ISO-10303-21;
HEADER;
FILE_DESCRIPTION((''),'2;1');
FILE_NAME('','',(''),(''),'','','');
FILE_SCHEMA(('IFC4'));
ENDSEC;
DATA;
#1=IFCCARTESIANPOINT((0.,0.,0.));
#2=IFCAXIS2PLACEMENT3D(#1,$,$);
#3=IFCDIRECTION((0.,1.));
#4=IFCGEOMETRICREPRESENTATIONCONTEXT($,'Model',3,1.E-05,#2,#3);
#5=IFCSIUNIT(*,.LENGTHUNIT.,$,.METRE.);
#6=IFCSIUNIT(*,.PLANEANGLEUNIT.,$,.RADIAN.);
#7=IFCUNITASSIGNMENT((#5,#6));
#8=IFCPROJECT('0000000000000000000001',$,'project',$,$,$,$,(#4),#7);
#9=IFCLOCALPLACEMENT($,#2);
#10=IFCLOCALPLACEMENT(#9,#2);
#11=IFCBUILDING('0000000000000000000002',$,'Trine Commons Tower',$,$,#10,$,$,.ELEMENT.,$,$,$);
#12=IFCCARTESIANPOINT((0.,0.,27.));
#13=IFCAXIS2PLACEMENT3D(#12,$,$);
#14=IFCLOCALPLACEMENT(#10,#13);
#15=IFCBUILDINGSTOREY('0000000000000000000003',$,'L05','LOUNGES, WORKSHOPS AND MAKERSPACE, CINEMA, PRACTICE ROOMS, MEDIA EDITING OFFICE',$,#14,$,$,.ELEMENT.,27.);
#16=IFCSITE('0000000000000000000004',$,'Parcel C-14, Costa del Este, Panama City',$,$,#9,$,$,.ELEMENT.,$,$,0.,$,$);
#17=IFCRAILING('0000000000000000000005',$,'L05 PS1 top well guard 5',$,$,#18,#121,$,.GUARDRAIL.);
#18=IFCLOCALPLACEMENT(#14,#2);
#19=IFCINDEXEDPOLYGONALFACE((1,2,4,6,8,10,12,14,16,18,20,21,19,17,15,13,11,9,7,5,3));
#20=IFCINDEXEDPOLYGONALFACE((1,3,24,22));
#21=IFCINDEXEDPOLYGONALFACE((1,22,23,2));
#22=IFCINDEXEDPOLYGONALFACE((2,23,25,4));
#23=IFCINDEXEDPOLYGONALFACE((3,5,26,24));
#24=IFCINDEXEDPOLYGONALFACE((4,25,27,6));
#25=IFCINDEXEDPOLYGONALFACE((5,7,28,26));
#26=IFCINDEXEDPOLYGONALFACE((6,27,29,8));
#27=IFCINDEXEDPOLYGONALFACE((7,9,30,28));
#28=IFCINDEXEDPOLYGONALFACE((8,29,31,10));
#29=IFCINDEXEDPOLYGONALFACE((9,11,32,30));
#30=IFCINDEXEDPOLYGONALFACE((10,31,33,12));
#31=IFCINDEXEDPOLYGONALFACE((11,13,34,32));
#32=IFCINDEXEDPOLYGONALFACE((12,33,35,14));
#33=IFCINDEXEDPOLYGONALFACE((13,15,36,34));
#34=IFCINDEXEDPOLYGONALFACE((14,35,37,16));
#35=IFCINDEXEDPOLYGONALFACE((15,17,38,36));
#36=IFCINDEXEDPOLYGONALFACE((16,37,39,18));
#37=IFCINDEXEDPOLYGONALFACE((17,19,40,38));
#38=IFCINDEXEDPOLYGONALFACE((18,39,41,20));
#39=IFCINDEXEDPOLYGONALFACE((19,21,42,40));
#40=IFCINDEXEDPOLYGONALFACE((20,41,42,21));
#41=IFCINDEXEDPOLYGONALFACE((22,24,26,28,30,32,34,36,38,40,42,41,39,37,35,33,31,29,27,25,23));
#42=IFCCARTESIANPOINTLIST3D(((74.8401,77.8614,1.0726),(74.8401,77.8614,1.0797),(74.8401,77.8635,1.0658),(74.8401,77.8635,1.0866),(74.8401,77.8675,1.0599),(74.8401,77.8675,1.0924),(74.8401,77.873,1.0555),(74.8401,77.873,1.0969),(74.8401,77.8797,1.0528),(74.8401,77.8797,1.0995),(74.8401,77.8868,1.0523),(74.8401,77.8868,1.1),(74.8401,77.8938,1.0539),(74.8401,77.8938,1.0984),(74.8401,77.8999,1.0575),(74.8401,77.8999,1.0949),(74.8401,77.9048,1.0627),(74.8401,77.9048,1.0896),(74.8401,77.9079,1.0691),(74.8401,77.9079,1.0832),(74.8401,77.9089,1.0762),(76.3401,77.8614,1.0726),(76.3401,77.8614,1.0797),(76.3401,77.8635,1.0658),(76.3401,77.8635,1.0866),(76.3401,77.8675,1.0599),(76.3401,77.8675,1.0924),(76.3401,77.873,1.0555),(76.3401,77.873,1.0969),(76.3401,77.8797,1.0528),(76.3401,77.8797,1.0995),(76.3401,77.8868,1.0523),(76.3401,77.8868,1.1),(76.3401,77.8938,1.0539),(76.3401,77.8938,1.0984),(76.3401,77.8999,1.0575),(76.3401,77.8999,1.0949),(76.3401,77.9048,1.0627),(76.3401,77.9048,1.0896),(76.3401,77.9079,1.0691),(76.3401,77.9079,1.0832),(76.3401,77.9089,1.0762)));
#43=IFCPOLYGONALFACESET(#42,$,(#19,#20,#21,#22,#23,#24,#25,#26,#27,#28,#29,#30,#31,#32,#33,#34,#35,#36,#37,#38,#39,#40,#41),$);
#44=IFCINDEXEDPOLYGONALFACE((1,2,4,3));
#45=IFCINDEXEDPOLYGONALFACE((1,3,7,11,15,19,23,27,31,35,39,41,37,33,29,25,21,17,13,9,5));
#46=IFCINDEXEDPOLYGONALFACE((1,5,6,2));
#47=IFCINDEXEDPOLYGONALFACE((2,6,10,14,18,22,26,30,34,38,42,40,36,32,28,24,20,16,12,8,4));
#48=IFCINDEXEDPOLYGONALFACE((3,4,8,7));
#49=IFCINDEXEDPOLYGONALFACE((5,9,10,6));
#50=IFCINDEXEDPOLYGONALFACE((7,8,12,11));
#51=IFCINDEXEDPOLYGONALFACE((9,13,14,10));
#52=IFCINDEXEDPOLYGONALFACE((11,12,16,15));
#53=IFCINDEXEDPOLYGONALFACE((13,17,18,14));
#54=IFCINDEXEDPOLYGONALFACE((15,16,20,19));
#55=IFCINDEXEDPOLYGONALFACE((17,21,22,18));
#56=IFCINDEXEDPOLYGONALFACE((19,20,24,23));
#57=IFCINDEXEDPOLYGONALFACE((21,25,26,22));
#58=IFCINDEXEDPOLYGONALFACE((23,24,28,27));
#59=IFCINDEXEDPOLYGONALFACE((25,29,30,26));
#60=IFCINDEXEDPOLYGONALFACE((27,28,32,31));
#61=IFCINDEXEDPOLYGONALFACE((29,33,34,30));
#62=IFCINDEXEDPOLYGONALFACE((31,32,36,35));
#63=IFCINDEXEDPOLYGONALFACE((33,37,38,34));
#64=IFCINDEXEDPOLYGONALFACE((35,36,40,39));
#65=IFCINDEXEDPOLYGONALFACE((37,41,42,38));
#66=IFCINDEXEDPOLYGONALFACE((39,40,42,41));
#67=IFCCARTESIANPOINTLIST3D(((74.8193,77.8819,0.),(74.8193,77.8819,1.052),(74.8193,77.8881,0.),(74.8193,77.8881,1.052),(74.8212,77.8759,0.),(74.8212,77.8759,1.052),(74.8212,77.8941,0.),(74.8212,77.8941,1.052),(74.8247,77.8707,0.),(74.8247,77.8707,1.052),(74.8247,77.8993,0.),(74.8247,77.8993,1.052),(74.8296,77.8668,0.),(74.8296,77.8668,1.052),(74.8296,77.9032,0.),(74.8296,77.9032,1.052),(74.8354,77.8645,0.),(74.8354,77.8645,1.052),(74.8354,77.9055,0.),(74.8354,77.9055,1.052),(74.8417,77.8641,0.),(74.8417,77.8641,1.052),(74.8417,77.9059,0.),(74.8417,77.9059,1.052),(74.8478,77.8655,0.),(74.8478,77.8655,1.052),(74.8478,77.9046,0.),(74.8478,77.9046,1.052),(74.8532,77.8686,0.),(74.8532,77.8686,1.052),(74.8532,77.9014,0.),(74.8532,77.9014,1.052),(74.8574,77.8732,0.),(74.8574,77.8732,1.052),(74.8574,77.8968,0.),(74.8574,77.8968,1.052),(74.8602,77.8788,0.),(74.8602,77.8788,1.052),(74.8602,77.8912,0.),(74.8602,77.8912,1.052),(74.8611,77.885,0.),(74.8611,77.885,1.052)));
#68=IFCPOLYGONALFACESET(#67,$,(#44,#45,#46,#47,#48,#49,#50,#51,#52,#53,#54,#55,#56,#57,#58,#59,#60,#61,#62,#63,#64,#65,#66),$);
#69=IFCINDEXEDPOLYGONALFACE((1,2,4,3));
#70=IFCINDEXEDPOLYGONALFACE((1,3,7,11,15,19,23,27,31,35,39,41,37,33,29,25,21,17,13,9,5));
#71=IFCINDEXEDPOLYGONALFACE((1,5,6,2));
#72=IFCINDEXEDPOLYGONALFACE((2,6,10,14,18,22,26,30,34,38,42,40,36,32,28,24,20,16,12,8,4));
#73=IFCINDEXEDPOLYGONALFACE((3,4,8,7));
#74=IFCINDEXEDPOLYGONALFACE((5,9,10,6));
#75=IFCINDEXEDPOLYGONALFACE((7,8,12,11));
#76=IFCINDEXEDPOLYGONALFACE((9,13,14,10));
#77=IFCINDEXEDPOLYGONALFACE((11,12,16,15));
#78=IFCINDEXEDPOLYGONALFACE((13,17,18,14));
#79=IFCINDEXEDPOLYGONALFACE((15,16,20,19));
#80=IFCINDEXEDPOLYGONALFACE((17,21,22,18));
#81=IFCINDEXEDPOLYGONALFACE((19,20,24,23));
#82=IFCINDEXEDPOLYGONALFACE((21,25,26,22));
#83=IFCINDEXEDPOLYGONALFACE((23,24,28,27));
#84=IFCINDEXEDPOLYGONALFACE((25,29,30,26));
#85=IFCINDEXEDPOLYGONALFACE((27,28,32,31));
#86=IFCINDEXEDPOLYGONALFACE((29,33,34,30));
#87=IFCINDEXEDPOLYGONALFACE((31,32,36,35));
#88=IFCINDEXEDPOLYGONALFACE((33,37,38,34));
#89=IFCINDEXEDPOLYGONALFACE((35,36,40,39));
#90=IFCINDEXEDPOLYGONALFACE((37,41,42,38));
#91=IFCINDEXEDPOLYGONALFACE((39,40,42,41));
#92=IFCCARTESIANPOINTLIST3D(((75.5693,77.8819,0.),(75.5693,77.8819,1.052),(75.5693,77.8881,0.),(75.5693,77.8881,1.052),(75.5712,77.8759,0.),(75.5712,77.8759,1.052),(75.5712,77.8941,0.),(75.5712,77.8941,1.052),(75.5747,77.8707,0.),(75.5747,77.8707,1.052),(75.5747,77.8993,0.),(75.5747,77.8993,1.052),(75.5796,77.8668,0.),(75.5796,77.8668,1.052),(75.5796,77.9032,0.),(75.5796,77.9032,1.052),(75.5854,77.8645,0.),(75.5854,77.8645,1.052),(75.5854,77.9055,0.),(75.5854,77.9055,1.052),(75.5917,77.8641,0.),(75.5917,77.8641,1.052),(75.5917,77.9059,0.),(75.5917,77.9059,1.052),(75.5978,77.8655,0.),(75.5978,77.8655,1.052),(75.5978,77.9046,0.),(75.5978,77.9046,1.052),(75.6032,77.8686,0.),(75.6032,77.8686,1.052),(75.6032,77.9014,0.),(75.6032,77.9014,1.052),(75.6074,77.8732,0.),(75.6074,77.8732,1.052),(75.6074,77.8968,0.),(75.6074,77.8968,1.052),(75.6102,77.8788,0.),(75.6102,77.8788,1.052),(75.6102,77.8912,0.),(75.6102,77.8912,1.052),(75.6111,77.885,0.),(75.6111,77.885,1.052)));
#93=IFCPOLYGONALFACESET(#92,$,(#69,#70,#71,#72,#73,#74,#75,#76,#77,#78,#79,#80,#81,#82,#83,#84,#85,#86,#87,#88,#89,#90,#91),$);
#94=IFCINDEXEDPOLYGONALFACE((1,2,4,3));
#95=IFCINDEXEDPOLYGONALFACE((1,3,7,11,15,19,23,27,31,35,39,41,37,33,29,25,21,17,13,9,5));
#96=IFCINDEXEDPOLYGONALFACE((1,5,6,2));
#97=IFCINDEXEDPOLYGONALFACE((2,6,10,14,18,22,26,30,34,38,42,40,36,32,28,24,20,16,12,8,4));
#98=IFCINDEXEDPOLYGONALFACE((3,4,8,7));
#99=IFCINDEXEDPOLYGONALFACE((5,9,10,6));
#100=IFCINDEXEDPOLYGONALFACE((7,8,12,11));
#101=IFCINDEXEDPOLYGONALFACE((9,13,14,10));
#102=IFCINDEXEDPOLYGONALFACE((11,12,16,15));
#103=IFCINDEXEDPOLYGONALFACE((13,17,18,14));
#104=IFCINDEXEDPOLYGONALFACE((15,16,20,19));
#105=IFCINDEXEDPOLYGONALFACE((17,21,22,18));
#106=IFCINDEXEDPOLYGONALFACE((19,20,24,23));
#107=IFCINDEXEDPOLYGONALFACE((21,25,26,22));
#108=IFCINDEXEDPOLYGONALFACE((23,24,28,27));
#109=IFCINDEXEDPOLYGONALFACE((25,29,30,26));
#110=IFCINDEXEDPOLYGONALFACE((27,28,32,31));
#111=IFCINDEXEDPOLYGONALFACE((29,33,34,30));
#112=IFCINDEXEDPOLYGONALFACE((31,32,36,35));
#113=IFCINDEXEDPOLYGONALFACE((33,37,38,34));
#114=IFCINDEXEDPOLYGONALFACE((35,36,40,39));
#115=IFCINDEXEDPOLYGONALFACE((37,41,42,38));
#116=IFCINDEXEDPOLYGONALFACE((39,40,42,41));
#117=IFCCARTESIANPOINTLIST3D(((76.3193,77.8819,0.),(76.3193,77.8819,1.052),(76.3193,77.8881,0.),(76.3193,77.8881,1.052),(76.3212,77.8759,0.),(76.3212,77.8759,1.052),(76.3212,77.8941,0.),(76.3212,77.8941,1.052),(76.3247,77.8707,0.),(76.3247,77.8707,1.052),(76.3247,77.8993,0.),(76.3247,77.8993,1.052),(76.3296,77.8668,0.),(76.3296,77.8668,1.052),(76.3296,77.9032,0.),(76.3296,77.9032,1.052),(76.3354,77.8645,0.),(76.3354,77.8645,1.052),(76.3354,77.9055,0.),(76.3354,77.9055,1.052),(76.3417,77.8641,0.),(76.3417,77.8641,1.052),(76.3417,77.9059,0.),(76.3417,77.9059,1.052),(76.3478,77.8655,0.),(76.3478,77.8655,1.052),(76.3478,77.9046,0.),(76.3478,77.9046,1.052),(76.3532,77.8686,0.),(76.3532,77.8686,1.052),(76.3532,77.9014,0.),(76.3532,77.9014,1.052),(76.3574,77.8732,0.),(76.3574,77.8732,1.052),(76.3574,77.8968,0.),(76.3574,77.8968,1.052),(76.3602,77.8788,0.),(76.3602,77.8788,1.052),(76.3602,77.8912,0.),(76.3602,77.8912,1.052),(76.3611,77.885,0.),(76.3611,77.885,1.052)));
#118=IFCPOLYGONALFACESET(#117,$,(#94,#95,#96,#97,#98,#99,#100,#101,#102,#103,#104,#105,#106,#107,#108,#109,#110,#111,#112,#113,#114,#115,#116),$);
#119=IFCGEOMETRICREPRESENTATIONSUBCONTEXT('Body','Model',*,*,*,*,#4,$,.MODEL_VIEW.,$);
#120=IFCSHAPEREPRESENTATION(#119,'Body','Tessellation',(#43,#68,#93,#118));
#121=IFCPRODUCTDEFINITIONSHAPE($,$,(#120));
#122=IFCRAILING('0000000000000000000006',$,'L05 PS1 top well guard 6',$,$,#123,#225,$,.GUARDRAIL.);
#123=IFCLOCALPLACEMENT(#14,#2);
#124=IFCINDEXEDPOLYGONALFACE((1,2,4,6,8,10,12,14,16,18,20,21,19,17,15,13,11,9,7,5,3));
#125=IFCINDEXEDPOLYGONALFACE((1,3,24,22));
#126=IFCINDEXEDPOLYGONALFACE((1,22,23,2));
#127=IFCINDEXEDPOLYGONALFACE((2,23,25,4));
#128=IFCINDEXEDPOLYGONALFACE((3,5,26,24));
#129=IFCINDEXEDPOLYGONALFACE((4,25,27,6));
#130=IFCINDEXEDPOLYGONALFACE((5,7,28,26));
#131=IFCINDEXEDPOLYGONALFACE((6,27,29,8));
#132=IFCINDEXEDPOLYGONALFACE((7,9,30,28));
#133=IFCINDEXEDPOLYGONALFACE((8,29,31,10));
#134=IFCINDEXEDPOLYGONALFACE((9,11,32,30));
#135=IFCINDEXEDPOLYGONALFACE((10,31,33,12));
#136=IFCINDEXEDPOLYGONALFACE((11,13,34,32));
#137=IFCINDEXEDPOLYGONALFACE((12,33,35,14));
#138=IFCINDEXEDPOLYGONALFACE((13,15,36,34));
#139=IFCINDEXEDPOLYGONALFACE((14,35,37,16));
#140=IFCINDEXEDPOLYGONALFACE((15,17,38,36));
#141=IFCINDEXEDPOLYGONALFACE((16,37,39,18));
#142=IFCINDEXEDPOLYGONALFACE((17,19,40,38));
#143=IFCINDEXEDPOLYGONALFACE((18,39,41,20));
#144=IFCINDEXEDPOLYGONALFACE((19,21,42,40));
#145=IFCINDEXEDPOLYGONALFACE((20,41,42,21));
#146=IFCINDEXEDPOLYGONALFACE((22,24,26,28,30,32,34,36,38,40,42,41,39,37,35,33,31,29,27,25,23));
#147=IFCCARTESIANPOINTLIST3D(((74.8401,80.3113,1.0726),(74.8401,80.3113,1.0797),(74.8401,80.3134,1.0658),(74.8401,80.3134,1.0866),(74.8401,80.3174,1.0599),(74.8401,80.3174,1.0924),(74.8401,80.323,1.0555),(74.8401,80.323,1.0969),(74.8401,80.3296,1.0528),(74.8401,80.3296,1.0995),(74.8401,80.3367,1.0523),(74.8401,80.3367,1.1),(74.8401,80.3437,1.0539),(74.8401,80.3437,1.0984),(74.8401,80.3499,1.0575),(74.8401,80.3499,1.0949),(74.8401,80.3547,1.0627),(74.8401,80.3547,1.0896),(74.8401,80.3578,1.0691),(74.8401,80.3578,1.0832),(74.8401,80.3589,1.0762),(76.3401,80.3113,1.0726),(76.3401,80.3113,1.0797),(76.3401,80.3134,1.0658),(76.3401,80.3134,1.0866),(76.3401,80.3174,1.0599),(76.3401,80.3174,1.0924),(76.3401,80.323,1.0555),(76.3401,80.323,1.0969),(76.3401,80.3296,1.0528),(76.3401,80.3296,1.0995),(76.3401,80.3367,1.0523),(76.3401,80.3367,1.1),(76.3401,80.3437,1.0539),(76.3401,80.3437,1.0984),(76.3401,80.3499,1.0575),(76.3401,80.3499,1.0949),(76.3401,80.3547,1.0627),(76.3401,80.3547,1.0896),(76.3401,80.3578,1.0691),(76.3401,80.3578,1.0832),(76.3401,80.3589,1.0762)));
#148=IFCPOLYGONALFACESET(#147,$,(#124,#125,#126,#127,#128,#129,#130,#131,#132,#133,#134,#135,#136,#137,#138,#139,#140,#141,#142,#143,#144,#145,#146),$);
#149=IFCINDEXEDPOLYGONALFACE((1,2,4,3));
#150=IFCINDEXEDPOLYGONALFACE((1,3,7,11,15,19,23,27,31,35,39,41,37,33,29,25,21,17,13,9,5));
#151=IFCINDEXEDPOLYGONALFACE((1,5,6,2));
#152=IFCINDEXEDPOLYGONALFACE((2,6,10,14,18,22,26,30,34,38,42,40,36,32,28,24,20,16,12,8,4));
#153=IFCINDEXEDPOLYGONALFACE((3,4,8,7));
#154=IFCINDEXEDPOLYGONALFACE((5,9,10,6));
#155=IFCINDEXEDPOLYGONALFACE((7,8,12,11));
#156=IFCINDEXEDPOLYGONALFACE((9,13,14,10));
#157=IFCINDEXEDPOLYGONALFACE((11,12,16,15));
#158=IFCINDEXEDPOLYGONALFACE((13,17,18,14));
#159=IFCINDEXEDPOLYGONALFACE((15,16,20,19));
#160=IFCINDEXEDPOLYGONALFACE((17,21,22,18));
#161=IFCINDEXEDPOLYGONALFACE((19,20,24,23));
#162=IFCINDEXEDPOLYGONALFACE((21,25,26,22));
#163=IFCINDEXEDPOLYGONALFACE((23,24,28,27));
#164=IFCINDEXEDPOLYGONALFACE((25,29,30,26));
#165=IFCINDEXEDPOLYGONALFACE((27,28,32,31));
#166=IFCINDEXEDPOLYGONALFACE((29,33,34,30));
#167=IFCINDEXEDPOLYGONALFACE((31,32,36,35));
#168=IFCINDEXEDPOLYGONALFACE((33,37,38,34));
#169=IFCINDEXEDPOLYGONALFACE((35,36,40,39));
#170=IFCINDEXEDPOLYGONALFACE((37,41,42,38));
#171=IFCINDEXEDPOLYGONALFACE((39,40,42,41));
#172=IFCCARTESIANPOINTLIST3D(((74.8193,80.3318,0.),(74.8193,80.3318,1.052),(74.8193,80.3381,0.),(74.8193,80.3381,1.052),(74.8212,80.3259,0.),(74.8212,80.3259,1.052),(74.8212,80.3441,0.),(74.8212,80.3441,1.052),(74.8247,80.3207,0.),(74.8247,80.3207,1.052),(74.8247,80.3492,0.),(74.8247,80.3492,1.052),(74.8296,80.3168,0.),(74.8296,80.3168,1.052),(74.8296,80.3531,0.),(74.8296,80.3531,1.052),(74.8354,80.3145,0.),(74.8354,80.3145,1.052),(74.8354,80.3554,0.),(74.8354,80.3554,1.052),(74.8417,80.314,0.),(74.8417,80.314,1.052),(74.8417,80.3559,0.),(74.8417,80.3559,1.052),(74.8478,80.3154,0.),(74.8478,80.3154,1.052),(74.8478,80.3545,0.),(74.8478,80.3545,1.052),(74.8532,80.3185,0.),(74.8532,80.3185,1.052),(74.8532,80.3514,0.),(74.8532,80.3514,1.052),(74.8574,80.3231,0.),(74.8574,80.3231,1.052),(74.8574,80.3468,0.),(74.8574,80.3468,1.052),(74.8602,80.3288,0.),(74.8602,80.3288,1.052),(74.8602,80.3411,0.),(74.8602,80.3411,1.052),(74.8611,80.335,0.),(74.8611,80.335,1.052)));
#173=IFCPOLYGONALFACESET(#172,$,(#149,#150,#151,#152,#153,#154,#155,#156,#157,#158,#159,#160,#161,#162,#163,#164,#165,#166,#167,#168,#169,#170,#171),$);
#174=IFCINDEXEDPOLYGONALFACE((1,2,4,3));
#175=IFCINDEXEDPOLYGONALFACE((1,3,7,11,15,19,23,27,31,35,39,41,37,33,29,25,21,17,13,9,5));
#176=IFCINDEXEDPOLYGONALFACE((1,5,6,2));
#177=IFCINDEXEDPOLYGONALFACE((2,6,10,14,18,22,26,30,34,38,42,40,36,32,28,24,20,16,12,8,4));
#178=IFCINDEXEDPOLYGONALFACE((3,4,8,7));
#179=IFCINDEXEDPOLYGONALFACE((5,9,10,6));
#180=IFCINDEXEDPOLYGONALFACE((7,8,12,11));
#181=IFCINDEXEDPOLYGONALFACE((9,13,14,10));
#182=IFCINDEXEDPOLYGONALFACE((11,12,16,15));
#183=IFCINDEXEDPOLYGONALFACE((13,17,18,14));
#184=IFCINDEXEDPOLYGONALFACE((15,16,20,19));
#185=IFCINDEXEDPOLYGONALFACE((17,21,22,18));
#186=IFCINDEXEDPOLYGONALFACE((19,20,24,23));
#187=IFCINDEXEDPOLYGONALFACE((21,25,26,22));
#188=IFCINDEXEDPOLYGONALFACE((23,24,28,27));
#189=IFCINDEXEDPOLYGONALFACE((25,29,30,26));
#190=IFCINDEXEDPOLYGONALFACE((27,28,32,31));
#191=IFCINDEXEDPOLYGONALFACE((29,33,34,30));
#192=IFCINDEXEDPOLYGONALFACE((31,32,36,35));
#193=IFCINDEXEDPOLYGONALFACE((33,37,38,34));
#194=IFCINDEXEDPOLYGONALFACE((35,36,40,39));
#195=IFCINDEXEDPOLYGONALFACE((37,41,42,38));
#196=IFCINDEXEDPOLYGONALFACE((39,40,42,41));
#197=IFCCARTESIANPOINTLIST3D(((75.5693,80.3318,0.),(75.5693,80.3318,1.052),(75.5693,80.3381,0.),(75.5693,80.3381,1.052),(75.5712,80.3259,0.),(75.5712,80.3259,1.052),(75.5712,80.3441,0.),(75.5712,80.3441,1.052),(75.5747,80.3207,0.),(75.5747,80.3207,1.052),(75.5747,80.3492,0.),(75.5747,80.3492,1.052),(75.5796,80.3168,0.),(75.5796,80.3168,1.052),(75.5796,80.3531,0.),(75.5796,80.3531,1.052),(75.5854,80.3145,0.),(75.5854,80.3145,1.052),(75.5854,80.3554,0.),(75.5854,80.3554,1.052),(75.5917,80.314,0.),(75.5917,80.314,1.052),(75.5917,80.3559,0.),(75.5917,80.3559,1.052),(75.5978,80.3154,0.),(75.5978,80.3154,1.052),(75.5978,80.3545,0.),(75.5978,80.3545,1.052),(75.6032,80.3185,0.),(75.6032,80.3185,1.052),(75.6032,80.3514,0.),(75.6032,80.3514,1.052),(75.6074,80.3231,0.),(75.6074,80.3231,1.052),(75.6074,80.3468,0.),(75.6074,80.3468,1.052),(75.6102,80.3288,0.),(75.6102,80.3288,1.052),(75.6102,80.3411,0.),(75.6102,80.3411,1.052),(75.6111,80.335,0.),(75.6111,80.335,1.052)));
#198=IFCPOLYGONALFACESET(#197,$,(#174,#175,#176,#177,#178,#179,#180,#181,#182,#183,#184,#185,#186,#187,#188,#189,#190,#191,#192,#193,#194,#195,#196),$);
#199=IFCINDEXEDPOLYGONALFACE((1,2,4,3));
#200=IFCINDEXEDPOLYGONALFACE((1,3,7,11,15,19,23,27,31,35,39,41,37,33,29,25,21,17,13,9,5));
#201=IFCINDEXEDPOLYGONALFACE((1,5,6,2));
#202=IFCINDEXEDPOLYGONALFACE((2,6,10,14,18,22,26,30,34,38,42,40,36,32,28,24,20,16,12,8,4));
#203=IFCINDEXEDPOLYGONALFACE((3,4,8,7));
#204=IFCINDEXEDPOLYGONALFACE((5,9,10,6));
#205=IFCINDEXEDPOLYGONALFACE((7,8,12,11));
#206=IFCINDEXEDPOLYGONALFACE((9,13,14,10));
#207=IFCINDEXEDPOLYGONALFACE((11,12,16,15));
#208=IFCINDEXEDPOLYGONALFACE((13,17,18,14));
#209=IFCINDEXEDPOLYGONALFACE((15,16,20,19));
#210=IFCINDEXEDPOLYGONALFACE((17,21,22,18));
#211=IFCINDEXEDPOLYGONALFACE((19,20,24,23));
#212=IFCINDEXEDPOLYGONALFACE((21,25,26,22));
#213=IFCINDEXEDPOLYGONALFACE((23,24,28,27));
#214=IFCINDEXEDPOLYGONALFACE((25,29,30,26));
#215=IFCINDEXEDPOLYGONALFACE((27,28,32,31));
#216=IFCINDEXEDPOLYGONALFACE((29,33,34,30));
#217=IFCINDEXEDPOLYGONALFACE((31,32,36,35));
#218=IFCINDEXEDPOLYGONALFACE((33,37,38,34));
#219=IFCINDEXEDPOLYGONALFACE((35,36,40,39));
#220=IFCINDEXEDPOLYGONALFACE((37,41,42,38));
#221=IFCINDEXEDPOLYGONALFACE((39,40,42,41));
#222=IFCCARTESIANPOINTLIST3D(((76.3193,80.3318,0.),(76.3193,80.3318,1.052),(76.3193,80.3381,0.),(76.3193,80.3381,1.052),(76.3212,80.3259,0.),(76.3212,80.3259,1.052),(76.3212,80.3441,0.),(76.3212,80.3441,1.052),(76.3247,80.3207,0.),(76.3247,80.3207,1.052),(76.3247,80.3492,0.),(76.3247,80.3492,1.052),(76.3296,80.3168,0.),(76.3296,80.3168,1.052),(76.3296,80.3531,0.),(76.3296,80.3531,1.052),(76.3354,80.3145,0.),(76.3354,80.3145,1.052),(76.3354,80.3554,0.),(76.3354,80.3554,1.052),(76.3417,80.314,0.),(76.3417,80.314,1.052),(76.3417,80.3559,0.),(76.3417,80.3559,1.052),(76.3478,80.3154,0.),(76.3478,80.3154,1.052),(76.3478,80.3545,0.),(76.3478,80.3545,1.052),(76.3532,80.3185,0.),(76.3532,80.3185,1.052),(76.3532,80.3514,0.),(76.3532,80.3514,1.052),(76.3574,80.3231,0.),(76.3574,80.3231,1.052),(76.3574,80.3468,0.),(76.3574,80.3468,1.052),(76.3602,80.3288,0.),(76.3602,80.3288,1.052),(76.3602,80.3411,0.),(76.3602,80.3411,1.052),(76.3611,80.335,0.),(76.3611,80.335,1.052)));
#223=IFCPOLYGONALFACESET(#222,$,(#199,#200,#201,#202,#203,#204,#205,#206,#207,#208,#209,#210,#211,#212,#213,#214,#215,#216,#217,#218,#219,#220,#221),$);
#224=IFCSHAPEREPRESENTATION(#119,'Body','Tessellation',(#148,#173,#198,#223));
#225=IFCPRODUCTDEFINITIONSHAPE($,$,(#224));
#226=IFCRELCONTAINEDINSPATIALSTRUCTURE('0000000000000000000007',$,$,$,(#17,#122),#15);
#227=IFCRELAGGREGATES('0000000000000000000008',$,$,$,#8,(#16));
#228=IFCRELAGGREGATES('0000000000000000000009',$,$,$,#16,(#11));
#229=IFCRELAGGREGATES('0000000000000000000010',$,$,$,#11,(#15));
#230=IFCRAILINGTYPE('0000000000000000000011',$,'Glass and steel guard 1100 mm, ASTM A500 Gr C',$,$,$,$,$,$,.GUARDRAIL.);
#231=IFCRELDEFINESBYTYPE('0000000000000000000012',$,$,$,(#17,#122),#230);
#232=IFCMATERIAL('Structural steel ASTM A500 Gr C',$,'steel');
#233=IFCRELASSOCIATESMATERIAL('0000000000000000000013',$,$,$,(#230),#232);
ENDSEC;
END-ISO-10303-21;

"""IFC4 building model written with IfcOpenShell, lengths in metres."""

from ifc_helpers import new_model, si_unit, direction, frame, origin, origin_2d, place, context, subcontext, project, spatial, circle, extrude, material, type_object, element, save


model = new_model("IFC4")

# Units and contexts
model_context = context("Model", 3, precision=1e-05, world=origin(), true_north=direction((0.0, 1.0)))
body_context = subcontext(model_context, "Body", "Model", "MODEL_VIEW")
ifc_project = project(units=[si_unit("LENGTHUNIT", "METRE"), si_unit("PLANEANGLEUNIT", "RADIAN")], contexts=[model_context])

# Site, building, storey
site_placement = place(None, origin())
site = spatial("IfcSite", under=ifc_project, at=site_placement, Name="Parcel C-14, Costa del Este, Panama City", CompositionType="ELEMENT", RefElevation=0.0)
building_placement = place(site_placement, origin())
building = spatial("IfcBuilding", under=site, at=building_placement, Name="Trine Commons Tower", CompositionType="ELEMENT")
storey_placement = place(building_placement, frame((0.0, 0.0, 27.0)))
storey = spatial("IfcBuildingStorey", under=building, at=storey_placement, Name="L05", Description="LOUNGES, WORKSHOPS AND MAKERSPACE, CINEMA, PRACTICE ROOMS, MEDIA EDITING OFFICE", CompositionType="ELEMENT", Elevation=27.0)

# Railings
ifc_material_1 = material(Name="Structural steel ASTM A500 Gr C", Category="steel")
railing_type = type_object("IfcRailingType", Name="Glass and steel guard 1100 mm, ASTM A500 Gr C", PredefinedType="GUARDRAIL", material=ifc_material_1)
for number, where, name in (
    (1, (74.8401, 77.885, 0.0), "L05 PS1 top well guard 5"),
    (2, (74.8401, 80.335, 0.0), "L05 PS1 top well guard 6"),
):
    element("IfcRailing", number, at=place(storey_placement, frame(where)), inside=storey, type_object=railing_type, Name=name, PredefinedType="GUARDRAIL", context=body_context, shape_type="SweptSolid", body=[
        extrude(circle(Radius=0.0239, at=origin_2d()), frame((0.0, 0.0, 1.0762), z_axis=(1.0, 0.0, 0.0), x_axis=(0.0, 1.0, 0.0)), (0.0, 0.0, 1.0), 1.5),
        extrude(circle(Radius=0.021, at=origin_2d()), origin(), (0.0, 0.0, 1.0), 1.052),
        extrude(circle(Radius=0.021, at=origin_2d()), frame((0.75, 0.0, 0.0)), (0.0, 0.0, 1.0), 1.052),
        extrude(circle(Radius=0.021, at=origin_2d()), frame((1.5, 0.0, 0.0)), (0.0, 0.0, 1.0), 1.052),
    ])

save(model, "model.ifc")
